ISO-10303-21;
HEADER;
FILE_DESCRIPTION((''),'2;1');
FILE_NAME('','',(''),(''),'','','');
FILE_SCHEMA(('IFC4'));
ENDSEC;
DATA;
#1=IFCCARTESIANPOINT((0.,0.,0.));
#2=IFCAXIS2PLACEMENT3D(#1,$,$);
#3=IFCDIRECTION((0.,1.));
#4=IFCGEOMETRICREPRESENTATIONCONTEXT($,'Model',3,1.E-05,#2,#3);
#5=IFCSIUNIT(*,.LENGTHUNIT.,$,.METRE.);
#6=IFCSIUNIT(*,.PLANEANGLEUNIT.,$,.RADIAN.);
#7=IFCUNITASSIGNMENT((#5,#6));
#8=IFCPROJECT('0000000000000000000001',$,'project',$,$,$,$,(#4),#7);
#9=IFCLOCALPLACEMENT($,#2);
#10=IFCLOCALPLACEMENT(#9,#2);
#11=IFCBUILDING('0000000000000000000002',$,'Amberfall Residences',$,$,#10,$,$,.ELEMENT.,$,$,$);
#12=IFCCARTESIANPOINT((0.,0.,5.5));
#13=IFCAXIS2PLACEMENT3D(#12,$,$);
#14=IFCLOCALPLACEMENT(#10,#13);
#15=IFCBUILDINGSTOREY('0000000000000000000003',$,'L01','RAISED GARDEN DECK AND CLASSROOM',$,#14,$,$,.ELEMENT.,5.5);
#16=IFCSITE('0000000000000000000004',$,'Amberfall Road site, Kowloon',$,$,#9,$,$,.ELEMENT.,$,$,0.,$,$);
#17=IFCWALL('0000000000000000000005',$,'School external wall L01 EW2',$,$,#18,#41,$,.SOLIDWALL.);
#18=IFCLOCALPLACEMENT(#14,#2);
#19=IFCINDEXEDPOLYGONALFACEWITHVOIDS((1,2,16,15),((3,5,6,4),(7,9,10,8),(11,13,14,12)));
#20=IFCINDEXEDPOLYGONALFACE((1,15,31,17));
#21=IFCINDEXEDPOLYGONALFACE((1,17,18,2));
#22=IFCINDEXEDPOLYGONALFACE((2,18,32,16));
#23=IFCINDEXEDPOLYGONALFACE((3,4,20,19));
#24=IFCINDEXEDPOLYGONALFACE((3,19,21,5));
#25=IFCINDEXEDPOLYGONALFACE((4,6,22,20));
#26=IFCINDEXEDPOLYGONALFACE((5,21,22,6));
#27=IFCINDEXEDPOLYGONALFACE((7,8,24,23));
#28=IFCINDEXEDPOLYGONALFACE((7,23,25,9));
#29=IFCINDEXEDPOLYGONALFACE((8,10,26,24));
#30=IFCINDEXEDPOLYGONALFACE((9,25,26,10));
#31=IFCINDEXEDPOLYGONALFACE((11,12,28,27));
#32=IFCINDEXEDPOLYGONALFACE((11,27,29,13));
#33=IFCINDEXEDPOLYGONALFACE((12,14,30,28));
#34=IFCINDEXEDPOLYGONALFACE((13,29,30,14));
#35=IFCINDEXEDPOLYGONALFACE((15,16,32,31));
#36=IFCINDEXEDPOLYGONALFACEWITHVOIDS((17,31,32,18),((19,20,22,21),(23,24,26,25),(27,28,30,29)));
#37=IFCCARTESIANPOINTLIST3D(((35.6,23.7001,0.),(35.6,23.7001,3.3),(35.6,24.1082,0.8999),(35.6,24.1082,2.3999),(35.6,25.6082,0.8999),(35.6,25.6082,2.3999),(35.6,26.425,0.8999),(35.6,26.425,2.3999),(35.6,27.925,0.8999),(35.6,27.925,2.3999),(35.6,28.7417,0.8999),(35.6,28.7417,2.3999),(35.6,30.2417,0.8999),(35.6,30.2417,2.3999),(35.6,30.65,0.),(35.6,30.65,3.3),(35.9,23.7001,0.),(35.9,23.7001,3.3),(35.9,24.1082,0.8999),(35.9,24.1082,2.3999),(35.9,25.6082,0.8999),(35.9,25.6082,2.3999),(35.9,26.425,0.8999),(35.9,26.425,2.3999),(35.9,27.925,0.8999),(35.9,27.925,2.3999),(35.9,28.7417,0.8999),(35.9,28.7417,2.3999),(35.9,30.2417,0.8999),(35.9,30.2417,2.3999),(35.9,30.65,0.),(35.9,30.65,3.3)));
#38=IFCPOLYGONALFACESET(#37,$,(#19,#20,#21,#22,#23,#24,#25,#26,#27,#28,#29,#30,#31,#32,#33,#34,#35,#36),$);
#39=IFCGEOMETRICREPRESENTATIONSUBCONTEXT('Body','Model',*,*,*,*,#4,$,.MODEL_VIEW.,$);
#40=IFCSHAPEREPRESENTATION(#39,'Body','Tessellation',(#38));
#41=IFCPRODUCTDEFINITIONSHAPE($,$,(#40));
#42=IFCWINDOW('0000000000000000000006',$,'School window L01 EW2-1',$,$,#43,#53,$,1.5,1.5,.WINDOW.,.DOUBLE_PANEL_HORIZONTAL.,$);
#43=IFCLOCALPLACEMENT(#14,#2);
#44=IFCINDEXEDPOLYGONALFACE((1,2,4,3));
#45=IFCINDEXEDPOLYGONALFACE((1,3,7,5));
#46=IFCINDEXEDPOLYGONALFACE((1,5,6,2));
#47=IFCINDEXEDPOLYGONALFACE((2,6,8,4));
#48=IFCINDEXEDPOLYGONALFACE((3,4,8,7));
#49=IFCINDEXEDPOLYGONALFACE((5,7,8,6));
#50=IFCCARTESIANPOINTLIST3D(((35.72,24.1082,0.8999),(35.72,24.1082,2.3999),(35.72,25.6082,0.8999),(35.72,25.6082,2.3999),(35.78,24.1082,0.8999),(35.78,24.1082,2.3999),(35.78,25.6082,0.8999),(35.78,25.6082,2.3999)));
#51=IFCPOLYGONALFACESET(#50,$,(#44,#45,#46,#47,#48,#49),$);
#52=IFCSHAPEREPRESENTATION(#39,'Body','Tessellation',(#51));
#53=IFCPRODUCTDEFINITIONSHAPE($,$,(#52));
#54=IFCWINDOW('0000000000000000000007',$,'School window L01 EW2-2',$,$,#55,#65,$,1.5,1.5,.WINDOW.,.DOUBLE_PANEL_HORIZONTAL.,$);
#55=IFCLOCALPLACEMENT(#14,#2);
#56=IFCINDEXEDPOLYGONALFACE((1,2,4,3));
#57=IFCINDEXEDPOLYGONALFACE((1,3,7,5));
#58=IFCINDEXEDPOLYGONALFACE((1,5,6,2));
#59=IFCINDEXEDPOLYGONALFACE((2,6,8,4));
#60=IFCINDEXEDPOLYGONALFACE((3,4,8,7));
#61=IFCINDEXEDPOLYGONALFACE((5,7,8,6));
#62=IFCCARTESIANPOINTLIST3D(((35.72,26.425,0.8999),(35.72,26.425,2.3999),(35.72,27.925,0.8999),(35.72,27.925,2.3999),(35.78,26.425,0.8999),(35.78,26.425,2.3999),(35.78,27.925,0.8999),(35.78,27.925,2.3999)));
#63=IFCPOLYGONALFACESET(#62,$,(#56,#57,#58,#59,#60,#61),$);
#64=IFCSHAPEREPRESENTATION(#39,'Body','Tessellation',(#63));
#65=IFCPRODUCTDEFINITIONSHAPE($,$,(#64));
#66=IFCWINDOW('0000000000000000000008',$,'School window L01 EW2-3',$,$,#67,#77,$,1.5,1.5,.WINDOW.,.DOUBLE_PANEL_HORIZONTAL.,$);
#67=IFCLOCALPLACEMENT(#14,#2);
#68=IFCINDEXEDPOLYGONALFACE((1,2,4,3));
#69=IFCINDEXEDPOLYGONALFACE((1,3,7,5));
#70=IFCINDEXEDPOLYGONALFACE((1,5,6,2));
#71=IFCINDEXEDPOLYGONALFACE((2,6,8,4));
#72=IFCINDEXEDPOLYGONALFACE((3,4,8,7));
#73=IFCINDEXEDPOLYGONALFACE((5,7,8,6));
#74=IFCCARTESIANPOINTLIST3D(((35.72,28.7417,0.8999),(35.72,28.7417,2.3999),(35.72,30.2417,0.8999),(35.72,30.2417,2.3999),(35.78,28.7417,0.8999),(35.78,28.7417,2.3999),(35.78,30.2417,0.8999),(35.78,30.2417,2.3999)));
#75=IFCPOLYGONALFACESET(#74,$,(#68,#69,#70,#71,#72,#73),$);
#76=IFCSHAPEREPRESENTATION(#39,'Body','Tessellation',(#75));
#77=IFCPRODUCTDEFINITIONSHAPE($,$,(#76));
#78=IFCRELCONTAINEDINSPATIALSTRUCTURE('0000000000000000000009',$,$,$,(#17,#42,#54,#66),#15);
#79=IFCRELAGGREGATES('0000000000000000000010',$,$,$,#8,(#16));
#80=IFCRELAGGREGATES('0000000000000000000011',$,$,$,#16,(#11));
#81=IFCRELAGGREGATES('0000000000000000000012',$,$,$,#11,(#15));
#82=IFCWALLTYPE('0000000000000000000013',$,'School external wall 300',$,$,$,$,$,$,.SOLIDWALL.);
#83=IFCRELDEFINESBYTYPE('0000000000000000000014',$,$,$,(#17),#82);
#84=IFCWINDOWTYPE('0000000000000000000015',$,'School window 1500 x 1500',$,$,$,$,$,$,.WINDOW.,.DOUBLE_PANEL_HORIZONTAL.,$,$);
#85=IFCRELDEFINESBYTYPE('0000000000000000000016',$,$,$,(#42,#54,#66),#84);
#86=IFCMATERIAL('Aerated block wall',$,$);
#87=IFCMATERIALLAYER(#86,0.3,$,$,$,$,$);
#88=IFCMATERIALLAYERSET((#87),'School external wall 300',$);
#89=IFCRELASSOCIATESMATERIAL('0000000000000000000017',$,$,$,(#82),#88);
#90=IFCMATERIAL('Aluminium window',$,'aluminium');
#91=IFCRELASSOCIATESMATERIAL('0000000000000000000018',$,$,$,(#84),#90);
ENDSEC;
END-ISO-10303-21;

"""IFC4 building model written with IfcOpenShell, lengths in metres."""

from ifc_helpers import new_model, si_unit, direction, frame, frame_2d, origin, place, context, subcontext, project, spatial, rectangle, extrude, material, layer, layer_set, type_object, element, fill, save


model = new_model("IFC4")

# Units and contexts
model_context = context("Model", 3, precision=1e-05, world=origin(), true_north=direction((0.0, 1.0)))
body_context = subcontext(model_context, "Body", "Model", "MODEL_VIEW")
ifc_project = project(units=[si_unit("LENGTHUNIT", "METRE"), si_unit("PLANEANGLEUNIT", "RADIAN")], contexts=[model_context])

# Site, building, storey
site_placement = place(None, origin())
site = spatial("IfcSite", under=ifc_project, at=site_placement, Name="Amberfall Road site, Kowloon", CompositionType="ELEMENT", RefElevation=0.0)
building_placement = place(site_placement, origin())
building = spatial("IfcBuilding", under=site, at=building_placement, Name="Amberfall Residences", CompositionType="ELEMENT")
storey_placement = place(building_placement, frame((0.0, 0.0, 5.5)))
storey = spatial("IfcBuildingStorey", under=building, at=storey_placement, Name="L01", Description="RAISED GARDEN DECK AND CLASSROOM", CompositionType="ELEMENT", Elevation=5.5)

# Wall, openings, windows
ifc_material_1 = material(Name="Aerated block wall")
ifc_layer_1 = layer(ifc_material_1, 0.3)
ifc_layer_set_1 = layer_set([ifc_layer_1], Name="School external wall 300")
wall_type = type_object("IfcWallType", Name="School external wall 300", PredefinedType="SOLIDWALL", material=ifc_layer_set_1)
ifc_material_2 = material(Name="Aluminium window", Category="aluminium")
window_type = type_object("IfcWindowType", Name="School window 1500 x 1500", PartitioningType="DOUBLE_PANEL_HORIZONTAL", PredefinedType="WINDOW", material=ifc_material_2)
wall_1_placement = place(storey_placement, frame((35.75, 23.7, 0.0), z_axis=(0.0, 0.0, 1.0), x_axis=(0.0, 1.0, 0.0)))
wall_1 = element("IfcWall", 1, at=wall_1_placement, inside=storey, type_object=wall_type, Name="School external wall L01 EW2", PredefinedType="SOLIDWALL", context=body_context, shape_type="SweptSolid", body=[
    extrude(rectangle(XDim=6.95, YDim=0.3, at=frame_2d((3.4751, 0.0))), origin(), (0.0, 0.0, 1.0), 3.3),
])
opening_1_placement = place(wall_1_placement, frame((0.4082, 0.0, 0.8999)))
opening_1 = element("IfcOpeningElement", 2, at=opening_1_placement, cuts=wall_1, PredefinedType="OPENING", context=body_context, shape_type="SweptSolid", body=[
    extrude(rectangle(XDim=1.5, YDim=1.5, at=frame_2d((0.75, 0.75))), frame((0.0, 0.1599, 0.0), z_axis=(0.0, -1.0, 0.0), x_axis=(1.0, 0.0, 0.0)), (0.0, 0.0, 1.0), 0.3201),
])
opening_2_placement = place(wall_1_placement, frame((2.7251, 0.0, 0.8999)))
opening_2 = element("IfcOpeningElement", 3, at=opening_2_placement, cuts=wall_1, PredefinedType="OPENING", context=body_context, shape_type="SweptSolid", body=[
    extrude(rectangle(XDim=1.5, YDim=1.5, at=frame_2d((0.75, 0.75))), frame((0.0, 0.1599, 0.0), z_axis=(0.0, -1.0, 0.0), x_axis=(1.0, 0.0, 0.0)), (0.0, 0.0, 1.0), 0.3201),
])
opening_3_placement = place(wall_1_placement, frame((5.0417, 0.0, 0.8999)))
opening_3 = element("IfcOpeningElement", 4, at=opening_3_placement, cuts=wall_1, PredefinedType="OPENING", context=body_context, shape_type="SweptSolid", body=[
    extrude(rectangle(XDim=1.5, YDim=1.5, at=frame_2d((0.75, 0.75))), frame((0.0, 0.1599, 0.0), z_axis=(0.0, -1.0, 0.0), x_axis=(1.0, 0.0, 0.0)), (0.0, 0.0, 1.0), 0.3201),
])
window_1_placement = place(opening_1_placement, origin())
window_1 = element("IfcWindow", 5, at=window_1_placement, inside=storey, type_object=window_type, Name="School window L01 EW2-1", OverallHeight=1.5, OverallWidth=1.5, PartitioningType="DOUBLE_PANEL_HORIZONTAL", PredefinedType="WINDOW", context=body_context, shape_type="SweptSolid", body=[
    extrude(rectangle(XDim=1.5, YDim=1.5, at=frame_2d((0.75, 0.75))), frame((0.0, 0.03, 0.0), z_axis=(0.0, -1.0, 0.0), x_axis=(1.0, 0.0, 0.0)), (0.0, 0.0, 1.0), 0.0601),
])
fill(opening_1, window_1)
window_2_placement = place(opening_2_placement, origin())
window_2 = element("IfcWindow", 6, at=window_2_placement, inside=storey, type_object=window_type, Name="School window L01 EW2-2", OverallHeight=1.5, OverallWidth=1.5, PartitioningType="DOUBLE_PANEL_HORIZONTAL", PredefinedType="WINDOW", context=body_context, shape_type="SweptSolid", body=[
    extrude(rectangle(XDim=1.5, YDim=1.5, at=frame_2d((0.75, 0.75))), frame((0.0, 0.03, 0.0), z_axis=(0.0, -1.0, 0.0), x_axis=(1.0, 0.0, 0.0)), (0.0, 0.0, 1.0), 0.0601),
])
fill(opening_2, window_2)
window_3_placement = place(opening_3_placement, origin())
window_3 = element("IfcWindow", 7, at=window_3_placement, inside=storey, type_object=window_type, Name="School window L01 EW2-3", OverallHeight=1.5, OverallWidth=1.5, PartitioningType="DOUBLE_PANEL_HORIZONTAL", PredefinedType="WINDOW", context=body_context, shape_type="SweptSolid", body=[
    extrude(rectangle(XDim=1.5, YDim=1.5, at=frame_2d((0.75, 0.75))), frame((0.0, 0.03, 0.0), z_axis=(0.0, -1.0, 0.0), x_axis=(1.0, 0.0, 0.0)), (0.0, 0.0, 1.0), 0.0601),
])
fill(opening_3, window_3)

save(model, "model.ifc")
